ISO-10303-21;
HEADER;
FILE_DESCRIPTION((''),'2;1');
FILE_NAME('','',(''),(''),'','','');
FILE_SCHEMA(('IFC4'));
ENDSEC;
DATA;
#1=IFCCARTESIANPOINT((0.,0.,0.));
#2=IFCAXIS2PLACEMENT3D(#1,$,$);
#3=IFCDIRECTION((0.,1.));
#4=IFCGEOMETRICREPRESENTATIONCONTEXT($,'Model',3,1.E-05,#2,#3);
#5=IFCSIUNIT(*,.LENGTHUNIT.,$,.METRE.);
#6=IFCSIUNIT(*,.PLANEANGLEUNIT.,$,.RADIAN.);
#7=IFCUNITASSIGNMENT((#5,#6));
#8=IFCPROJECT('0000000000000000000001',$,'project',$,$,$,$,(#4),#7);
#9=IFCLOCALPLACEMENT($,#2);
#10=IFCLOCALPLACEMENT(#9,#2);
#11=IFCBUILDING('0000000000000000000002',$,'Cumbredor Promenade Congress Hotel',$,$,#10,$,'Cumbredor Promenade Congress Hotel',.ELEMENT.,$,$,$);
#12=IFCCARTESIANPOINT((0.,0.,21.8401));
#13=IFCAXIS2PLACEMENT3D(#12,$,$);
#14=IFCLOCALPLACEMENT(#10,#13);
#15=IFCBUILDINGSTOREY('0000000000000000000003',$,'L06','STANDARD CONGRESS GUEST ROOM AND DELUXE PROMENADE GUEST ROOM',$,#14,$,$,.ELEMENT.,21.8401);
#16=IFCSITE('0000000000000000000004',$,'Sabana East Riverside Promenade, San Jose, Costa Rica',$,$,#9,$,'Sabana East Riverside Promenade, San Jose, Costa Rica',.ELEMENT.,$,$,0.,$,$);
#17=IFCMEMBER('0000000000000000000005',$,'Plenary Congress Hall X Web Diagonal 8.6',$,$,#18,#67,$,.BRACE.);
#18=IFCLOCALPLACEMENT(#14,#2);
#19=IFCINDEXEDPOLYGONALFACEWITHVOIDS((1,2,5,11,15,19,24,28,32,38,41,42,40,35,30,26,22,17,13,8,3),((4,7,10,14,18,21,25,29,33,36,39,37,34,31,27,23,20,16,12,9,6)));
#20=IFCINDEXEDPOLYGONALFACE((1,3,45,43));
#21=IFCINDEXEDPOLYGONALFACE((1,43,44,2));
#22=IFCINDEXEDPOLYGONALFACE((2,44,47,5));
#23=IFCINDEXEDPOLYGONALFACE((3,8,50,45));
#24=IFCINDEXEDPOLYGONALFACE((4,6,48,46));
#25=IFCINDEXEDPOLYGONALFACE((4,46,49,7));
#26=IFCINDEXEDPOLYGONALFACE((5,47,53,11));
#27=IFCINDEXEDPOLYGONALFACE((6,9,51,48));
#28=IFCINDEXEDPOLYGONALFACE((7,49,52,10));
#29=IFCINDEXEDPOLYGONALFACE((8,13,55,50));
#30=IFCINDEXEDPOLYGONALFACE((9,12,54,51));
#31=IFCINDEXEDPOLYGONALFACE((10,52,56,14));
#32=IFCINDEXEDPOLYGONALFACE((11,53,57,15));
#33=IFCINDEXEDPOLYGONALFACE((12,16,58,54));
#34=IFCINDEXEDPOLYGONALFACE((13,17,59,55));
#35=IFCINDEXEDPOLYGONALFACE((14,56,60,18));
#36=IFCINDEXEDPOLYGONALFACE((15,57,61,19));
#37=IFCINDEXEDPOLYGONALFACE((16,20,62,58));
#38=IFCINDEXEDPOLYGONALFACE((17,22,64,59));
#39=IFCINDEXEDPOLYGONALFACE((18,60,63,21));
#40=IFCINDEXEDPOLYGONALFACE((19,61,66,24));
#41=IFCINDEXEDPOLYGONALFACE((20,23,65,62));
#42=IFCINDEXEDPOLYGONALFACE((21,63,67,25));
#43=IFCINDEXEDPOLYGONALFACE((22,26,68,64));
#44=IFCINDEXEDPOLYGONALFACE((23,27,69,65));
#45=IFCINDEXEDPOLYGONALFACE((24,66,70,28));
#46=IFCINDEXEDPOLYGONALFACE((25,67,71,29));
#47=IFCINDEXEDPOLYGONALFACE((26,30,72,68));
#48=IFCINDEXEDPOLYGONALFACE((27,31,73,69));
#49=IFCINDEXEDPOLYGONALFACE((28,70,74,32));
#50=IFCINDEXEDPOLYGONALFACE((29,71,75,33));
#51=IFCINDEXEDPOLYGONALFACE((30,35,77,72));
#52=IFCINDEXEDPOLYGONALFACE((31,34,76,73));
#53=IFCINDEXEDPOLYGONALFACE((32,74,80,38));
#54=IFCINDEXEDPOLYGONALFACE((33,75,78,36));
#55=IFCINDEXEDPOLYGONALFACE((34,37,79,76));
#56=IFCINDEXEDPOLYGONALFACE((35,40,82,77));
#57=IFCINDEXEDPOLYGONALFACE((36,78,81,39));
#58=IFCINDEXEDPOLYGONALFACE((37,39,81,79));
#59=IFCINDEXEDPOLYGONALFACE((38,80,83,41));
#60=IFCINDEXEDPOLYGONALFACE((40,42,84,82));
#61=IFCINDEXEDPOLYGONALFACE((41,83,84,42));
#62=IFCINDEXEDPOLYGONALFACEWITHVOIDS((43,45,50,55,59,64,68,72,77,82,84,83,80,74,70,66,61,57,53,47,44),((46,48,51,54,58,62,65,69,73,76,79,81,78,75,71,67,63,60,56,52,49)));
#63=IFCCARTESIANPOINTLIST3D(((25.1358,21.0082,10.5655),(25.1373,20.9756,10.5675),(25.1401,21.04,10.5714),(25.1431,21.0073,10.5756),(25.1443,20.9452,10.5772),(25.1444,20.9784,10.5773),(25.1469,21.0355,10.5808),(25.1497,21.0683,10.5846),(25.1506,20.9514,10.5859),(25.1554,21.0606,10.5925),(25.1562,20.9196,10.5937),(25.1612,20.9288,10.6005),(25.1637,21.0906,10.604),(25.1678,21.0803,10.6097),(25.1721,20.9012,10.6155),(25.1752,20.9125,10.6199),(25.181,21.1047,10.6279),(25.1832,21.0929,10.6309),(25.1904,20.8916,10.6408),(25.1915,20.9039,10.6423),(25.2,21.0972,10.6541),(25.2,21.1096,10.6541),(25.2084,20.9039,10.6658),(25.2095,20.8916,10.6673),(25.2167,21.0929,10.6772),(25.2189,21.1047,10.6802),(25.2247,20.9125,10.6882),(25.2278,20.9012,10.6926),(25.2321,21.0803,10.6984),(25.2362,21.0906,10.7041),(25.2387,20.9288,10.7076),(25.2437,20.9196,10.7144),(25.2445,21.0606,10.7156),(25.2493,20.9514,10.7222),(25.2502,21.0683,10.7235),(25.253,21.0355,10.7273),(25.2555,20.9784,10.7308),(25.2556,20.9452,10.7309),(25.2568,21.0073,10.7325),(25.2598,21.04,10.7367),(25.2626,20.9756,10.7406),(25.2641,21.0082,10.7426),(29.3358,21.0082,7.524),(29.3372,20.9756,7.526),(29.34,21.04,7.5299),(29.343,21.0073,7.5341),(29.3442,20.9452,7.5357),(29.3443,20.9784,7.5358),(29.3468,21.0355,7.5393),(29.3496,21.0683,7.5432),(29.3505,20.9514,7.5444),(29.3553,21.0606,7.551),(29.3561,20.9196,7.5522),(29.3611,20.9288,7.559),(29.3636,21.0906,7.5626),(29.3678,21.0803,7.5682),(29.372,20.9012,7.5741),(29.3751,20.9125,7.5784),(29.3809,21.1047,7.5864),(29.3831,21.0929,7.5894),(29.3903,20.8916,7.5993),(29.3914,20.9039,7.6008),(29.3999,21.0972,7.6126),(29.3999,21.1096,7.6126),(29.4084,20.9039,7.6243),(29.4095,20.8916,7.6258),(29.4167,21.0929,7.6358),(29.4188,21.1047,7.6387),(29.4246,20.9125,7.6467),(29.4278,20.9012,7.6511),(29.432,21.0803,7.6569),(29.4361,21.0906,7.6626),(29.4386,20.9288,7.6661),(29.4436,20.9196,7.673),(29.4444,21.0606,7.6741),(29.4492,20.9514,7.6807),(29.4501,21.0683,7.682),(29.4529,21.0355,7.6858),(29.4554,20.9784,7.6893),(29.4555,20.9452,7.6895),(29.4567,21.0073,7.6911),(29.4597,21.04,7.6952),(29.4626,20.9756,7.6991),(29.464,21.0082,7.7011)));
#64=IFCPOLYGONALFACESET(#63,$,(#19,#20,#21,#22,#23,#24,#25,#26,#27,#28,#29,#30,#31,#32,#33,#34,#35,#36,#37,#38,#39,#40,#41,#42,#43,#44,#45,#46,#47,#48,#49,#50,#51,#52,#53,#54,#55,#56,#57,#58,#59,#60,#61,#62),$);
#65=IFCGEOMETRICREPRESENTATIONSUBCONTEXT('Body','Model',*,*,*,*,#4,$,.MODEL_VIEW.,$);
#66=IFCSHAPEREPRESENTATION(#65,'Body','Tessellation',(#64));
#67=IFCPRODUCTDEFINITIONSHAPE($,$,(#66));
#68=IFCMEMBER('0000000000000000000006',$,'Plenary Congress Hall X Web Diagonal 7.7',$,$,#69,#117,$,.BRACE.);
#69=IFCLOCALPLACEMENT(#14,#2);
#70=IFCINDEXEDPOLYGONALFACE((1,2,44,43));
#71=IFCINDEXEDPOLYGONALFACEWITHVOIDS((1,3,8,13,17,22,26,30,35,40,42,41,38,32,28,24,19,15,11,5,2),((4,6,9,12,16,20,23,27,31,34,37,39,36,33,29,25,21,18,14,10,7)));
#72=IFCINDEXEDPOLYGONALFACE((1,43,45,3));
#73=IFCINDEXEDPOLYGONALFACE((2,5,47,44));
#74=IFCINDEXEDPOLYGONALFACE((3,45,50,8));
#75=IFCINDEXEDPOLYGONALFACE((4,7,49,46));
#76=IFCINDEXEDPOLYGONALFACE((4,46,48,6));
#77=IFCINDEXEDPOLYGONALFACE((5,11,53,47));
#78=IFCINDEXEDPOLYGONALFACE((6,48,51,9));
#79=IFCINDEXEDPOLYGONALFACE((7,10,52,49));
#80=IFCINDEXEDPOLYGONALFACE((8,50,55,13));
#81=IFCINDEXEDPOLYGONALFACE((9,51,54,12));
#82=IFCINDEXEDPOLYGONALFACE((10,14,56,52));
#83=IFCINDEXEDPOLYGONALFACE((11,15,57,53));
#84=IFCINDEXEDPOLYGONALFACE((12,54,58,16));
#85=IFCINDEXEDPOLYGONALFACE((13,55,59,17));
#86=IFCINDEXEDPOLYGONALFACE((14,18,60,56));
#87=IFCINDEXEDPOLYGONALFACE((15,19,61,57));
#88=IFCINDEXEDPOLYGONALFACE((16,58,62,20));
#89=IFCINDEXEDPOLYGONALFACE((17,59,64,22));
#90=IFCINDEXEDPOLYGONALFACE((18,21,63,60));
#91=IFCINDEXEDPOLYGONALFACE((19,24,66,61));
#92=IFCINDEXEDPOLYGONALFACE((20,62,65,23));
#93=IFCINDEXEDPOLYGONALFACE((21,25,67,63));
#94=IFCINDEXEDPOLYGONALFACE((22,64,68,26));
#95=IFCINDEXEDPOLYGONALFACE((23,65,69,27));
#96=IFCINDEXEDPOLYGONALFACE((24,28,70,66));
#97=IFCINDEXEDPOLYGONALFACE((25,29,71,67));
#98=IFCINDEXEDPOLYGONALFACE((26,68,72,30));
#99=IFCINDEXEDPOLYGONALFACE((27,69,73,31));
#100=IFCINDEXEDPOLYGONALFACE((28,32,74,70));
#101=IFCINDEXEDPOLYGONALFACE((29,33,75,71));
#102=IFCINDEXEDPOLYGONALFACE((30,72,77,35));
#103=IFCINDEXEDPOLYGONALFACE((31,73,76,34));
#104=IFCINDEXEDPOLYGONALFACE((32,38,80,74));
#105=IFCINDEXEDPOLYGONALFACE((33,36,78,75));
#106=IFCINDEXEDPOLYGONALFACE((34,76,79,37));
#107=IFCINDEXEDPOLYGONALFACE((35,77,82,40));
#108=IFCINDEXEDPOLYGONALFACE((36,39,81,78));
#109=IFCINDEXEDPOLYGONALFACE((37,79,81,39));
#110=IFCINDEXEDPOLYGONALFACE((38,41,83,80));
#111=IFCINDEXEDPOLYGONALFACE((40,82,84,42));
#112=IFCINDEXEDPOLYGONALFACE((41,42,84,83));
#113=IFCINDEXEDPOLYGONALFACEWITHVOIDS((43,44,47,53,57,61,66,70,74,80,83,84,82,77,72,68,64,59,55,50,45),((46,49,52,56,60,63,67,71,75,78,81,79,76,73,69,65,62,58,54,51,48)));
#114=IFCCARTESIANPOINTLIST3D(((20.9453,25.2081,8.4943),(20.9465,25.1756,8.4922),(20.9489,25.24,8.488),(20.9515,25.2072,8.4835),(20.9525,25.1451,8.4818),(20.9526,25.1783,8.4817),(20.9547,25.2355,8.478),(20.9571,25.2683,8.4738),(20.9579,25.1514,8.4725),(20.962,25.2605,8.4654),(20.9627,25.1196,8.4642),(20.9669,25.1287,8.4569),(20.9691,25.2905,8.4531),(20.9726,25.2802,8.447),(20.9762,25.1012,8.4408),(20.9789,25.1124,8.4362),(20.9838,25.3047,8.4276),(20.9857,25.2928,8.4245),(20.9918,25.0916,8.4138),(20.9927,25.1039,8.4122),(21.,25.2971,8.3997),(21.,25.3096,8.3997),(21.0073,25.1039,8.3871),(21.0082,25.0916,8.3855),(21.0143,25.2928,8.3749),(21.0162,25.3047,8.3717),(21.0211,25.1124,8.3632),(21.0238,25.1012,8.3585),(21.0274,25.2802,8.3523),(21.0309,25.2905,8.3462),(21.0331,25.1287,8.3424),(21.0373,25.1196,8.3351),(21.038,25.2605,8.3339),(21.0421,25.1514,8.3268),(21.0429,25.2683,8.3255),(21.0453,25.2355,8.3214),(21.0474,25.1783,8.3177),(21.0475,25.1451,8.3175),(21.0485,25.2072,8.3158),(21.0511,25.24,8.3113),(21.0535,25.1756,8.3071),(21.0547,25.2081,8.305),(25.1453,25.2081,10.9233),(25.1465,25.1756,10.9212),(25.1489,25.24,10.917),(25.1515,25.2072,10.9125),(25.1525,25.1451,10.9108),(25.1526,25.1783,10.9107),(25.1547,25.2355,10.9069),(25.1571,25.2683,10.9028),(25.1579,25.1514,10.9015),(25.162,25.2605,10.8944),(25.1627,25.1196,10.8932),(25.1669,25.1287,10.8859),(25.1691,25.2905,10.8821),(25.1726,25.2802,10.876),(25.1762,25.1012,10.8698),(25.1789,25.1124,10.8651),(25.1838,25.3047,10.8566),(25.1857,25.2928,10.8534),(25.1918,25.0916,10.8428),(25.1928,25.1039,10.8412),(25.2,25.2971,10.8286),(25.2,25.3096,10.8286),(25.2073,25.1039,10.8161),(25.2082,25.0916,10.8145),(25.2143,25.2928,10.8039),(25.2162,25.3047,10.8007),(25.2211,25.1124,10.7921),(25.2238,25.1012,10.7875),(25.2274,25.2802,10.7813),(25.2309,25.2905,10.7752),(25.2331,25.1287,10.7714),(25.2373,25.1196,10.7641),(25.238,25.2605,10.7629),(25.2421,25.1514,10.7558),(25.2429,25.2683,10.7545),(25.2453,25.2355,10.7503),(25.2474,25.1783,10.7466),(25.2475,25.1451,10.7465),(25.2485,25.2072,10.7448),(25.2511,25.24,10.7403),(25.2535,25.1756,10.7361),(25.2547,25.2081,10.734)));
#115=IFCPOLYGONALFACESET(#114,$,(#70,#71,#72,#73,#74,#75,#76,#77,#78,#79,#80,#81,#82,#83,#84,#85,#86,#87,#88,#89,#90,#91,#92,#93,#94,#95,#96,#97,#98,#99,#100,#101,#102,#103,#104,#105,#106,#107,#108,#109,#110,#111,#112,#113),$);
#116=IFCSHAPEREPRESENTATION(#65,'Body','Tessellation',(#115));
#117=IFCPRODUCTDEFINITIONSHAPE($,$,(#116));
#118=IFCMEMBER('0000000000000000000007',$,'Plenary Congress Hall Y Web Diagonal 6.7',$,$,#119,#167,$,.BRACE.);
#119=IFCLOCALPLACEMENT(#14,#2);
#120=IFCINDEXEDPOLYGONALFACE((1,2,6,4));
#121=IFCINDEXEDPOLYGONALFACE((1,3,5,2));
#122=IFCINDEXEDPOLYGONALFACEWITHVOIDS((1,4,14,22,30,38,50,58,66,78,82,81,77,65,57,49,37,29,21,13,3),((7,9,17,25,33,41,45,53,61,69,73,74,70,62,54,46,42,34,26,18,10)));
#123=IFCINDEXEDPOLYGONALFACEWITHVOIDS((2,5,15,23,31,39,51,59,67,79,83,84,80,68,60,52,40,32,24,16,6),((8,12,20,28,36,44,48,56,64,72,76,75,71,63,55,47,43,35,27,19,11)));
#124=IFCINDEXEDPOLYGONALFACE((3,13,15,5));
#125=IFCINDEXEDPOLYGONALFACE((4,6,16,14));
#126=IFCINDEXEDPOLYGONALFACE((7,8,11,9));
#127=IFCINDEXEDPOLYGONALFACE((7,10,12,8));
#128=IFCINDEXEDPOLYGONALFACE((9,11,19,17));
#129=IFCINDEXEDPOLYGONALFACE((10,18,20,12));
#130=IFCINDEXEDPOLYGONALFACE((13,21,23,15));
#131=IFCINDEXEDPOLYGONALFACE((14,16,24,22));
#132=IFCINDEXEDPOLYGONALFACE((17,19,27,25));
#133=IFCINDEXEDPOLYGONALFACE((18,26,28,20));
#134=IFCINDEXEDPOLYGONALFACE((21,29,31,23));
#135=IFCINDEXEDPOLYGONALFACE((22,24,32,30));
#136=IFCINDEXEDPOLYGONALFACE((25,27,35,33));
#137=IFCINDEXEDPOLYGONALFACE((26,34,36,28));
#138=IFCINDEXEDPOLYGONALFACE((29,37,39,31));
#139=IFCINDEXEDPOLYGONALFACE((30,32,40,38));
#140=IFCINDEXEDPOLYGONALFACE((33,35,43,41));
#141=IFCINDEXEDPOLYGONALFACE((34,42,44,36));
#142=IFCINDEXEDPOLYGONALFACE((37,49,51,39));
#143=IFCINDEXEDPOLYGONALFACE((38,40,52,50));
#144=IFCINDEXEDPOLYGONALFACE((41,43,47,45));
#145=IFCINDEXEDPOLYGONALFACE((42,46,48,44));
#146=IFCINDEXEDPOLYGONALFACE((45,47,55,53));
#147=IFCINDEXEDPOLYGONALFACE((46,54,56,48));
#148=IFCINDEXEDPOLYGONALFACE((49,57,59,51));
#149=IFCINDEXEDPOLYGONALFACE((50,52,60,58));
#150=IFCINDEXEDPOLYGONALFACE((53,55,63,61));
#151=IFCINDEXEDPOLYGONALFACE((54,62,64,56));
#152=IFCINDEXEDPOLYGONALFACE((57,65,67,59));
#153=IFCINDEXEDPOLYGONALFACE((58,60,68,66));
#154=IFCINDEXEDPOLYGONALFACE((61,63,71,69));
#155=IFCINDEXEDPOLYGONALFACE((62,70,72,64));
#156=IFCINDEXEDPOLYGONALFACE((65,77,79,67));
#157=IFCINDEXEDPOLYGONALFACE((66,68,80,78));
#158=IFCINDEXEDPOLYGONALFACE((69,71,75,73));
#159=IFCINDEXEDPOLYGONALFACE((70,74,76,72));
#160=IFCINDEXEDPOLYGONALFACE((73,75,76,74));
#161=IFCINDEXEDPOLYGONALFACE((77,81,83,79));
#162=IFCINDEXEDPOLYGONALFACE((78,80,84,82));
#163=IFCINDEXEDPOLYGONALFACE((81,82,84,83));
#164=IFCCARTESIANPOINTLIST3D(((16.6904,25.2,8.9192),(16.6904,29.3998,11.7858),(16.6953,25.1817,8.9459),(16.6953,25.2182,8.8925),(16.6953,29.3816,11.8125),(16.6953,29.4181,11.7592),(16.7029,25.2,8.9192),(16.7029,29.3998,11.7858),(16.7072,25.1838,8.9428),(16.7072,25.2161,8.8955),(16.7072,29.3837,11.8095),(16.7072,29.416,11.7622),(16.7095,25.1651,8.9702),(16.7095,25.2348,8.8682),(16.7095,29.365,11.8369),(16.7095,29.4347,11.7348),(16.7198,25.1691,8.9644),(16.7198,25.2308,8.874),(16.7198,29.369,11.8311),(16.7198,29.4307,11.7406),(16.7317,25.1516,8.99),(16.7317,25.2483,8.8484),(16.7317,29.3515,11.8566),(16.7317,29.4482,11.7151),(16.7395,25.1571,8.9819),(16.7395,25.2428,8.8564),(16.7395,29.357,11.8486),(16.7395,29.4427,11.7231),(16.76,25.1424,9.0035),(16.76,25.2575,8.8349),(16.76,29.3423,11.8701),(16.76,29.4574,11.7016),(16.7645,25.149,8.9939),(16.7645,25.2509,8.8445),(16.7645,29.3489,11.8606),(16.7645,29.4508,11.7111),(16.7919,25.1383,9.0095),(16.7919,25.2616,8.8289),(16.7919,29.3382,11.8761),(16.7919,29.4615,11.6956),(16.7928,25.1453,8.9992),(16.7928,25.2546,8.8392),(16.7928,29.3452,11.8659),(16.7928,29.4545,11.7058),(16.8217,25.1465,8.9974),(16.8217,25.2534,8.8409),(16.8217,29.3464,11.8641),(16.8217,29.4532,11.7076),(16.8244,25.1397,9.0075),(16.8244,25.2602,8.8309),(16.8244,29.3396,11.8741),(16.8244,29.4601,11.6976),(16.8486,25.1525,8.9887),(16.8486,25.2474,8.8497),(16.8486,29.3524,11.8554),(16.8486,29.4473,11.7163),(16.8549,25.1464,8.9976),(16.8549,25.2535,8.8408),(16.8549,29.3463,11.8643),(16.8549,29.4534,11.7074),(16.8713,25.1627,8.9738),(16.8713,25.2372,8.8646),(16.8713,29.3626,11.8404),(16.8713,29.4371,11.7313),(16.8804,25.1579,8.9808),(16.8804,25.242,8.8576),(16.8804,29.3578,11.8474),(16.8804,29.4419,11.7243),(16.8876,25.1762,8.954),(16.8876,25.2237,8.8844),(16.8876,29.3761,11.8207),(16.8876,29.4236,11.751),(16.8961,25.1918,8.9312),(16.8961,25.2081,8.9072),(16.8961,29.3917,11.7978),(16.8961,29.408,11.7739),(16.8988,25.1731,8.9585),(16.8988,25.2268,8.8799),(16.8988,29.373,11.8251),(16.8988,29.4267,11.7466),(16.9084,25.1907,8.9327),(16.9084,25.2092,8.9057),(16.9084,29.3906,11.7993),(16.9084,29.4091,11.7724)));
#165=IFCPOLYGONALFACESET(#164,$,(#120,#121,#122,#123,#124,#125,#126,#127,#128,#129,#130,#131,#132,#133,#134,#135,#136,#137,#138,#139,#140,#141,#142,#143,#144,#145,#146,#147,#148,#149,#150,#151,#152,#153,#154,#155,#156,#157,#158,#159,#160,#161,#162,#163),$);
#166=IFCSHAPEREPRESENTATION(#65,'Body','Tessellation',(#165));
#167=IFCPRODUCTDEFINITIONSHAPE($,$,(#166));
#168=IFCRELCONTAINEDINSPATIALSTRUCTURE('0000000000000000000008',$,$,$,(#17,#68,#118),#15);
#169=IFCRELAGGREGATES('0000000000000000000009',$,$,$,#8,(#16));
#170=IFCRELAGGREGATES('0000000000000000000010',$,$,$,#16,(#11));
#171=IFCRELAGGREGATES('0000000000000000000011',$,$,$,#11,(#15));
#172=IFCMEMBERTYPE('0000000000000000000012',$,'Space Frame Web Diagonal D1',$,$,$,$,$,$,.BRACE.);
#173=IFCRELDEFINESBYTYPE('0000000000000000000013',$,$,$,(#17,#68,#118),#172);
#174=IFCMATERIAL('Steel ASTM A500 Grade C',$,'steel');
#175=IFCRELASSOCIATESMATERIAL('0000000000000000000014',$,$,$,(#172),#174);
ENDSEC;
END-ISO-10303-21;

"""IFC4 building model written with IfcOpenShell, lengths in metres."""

from ifc_helpers import new_model, si_unit, direction, frame, origin, origin_2d, place, context, subcontext, project, spatial, hollow_circle, extrude, material, material_profile, profile_set, type_object, element, save


model = new_model("IFC4")

# Units and contexts
model_context = context("Model", 3, precision=1e-05, world=origin(), true_north=direction((0.0, 1.0)))
body_context = subcontext(model_context, "Body", "Model", "MODEL_VIEW")
ifc_project = project(units=[si_unit("LENGTHUNIT", "METRE"), si_unit("PLANEANGLEUNIT", "RADIAN")], contexts=[model_context])

# Site, building, storey
site_placement = place(None, origin())
site = spatial("IfcSite", under=ifc_project, at=site_placement, Name="Sabana East Riverside Promenade, San Jose, Costa Rica", LongName="Sabana East Riverside Promenade, San Jose, Costa Rica", CompositionType="ELEMENT", RefElevation=0.0)
building_placement = place(site_placement, origin())
building = spatial("IfcBuilding", under=site, at=building_placement, Name="Cumbredor Promenade Congress Hotel", LongName="Cumbredor Promenade Congress Hotel", CompositionType="ELEMENT")
storey_placement = place(building_placement, frame((0.0, 0.0, 21.8401)))
storey = spatial("IfcBuildingStorey", under=building, at=storey_placement, Name="L06", Description="STANDARD CONGRESS GUEST ROOM AND DELUXE PROMENADE GUEST ROOM", CompositionType="ELEMENT", Elevation=21.8401)

# Members
ifc_material_1 = material(Name="Steel ASTM A500 Grade C", Category="steel")
ifc_material_profile_1 = material_profile(ifc_material_1, hollow_circle(Radius=0.1096, WallThickness=0.0125, at=origin_2d()), Name="CHS 219.1x12.5")
ifc_profile_set_1 = profile_set([ifc_material_profile_1], Name="Steel ASTM A500 Grade C")
member_type_1 = type_object("IfcMemberType", Name="Space Frame Web Diagonal D1", PredefinedType="BRACE", material=ifc_profile_set_1)
member_1_placement = place(storey_placement, frame((25.2, 21.0, 10.6541), z_axis=(0.809927, 0.0, -0.58653), x_axis=(0.0, 1.0, 0.0)))
element("IfcMember", 1, at=member_1_placement, inside=storey, type_object=member_type_1, Name="Plenary Congress Hall X Web Diagonal 8.6", PredefinedType="BRACE", context=body_context, shape_type="SweptSolid", body=[
    extrude(hollow_circle(Radius=0.1096, WallThickness=0.0125, at=origin_2d()), origin(), (0.0, 0.0, 1.0), 5.1855),
])
member_2_placement = place(storey_placement, frame((21.0, 25.2, 8.3997), z_axis=(0.865658, 0.0, 0.500636), x_axis=(0.0, 1.0, 0.0)))
element("IfcMember", 2, at=member_2_placement, inside=storey, type_object=member_type_1, Name="Plenary Congress Hall X Web Diagonal 7.7", PredefinedType="BRACE", context=body_context, shape_type="SweptSolid", body=[
    extrude(hollow_circle(Radius=0.1096, WallThickness=0.0125, at=origin_2d()), origin(), (0.0, 0.0, 1.0), 4.8518),
])
member_3_placement = place(storey_placement, frame((16.8, 25.2, 8.9192), z_axis=(0.0, 0.825944, 0.563752), x_axis=(-1.0, 0.0, 0.0)))
element("IfcMember", 3, at=member_3_placement, inside=storey, type_object=member_type_1, Name="Plenary Congress Hall Y Web Diagonal 6.7", PredefinedType="BRACE", context=body_context, shape_type="SweptSolid", body=[
    extrude(hollow_circle(Radius=0.1096, WallThickness=0.0125, at=origin_2d()), origin(), (0.0, 0.0, 1.0), 5.085),
])

save(model, "model.ifc")
